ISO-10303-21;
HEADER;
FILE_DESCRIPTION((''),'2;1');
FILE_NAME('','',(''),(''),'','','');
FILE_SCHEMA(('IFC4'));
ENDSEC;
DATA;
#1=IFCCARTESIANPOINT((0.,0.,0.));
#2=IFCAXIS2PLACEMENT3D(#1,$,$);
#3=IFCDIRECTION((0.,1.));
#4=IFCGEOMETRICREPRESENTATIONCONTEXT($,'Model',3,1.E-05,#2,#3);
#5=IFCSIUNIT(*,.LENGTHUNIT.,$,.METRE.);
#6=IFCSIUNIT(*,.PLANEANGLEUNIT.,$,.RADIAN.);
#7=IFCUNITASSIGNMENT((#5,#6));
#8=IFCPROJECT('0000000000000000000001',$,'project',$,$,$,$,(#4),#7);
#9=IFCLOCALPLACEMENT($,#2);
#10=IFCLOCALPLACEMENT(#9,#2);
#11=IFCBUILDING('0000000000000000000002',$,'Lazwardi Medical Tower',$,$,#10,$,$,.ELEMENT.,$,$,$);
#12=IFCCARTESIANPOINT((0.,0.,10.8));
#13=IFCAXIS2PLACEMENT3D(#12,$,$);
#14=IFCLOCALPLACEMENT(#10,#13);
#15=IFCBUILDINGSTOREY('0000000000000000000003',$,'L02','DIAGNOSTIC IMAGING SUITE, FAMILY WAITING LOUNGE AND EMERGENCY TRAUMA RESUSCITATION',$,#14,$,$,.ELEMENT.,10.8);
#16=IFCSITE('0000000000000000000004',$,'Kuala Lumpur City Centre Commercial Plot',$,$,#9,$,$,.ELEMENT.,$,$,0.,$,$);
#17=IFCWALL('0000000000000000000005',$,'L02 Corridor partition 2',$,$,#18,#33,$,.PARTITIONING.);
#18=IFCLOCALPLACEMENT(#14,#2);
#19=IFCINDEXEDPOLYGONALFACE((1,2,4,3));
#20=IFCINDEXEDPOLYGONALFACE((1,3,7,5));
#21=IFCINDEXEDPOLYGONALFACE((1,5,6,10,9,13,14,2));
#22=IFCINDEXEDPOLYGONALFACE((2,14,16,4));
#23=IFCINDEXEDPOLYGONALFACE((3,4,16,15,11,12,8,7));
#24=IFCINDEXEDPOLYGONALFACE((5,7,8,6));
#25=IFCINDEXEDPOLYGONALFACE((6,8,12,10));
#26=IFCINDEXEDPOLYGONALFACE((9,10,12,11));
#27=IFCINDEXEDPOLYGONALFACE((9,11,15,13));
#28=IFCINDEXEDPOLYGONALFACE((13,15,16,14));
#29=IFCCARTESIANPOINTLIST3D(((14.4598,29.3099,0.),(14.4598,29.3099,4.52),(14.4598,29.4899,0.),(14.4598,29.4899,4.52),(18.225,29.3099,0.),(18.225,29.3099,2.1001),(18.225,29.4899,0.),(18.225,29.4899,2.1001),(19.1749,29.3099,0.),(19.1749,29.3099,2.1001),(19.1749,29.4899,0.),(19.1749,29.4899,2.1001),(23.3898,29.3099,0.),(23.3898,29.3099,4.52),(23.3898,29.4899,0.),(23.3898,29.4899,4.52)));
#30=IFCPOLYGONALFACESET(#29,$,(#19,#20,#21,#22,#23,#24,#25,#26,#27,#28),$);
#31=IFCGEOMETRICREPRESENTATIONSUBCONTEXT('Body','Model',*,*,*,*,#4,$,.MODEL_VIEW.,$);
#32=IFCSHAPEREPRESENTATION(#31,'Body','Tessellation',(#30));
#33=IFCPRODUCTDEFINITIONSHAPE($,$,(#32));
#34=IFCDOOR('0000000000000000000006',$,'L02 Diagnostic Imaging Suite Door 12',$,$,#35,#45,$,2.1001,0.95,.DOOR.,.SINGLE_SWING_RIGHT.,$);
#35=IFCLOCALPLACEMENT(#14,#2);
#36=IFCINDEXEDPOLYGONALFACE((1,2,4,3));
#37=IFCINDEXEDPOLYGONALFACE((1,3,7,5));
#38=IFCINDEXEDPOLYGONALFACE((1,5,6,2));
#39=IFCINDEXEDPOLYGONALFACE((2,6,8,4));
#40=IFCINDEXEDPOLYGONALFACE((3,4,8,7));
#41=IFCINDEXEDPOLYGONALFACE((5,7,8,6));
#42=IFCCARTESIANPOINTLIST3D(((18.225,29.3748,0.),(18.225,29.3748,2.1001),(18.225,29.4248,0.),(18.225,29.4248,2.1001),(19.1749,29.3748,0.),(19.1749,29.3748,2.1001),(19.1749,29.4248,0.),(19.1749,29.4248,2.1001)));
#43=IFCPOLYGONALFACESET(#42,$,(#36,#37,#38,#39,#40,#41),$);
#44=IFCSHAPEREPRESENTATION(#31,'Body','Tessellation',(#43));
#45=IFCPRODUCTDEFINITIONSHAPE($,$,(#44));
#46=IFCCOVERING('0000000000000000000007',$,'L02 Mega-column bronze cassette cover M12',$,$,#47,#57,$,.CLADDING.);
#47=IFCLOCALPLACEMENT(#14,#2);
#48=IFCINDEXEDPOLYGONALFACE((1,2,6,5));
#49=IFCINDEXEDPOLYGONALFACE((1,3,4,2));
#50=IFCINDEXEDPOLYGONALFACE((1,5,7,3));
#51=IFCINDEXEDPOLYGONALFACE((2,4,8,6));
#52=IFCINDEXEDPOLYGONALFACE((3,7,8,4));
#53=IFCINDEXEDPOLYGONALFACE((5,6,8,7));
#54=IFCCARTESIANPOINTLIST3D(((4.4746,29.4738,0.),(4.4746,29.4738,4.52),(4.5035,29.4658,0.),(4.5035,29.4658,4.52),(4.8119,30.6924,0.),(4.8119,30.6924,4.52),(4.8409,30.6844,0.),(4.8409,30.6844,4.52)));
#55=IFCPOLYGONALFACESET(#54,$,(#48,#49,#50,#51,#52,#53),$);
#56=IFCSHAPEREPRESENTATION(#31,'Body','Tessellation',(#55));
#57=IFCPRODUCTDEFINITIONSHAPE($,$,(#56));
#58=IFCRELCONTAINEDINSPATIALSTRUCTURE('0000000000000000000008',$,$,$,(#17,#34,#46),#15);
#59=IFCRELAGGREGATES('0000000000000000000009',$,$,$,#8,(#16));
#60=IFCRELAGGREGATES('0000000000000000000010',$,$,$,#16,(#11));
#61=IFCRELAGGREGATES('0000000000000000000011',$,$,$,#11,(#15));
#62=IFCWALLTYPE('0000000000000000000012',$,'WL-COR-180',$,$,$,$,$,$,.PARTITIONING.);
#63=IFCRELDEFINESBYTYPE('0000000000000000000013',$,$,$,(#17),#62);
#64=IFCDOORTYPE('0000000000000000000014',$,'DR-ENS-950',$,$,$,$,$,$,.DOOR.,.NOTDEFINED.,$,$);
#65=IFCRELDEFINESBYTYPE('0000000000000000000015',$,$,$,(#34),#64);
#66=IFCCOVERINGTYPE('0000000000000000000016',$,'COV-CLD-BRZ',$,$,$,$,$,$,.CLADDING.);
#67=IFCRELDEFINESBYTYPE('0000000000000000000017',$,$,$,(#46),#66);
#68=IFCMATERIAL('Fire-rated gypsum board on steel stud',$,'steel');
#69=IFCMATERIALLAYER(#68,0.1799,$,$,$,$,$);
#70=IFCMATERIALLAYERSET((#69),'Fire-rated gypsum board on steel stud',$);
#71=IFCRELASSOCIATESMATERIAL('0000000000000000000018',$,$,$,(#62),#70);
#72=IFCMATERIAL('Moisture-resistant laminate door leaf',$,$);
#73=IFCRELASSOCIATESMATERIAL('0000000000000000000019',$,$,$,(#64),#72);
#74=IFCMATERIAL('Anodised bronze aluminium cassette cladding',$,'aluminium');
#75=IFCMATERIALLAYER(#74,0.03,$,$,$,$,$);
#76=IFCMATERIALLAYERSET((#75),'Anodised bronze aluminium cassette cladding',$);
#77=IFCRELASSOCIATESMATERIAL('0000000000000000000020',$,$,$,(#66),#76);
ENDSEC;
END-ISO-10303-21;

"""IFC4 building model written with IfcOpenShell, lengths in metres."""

from ifc_helpers import new_model, si_unit, direction, frame, frame_2d, origin, origin_2d, place, context, subcontext, project, spatial, rectangle, extrude, material, layer, layer_set, type_object, element, fill, save


model = new_model("IFC4")

# Units and contexts
model_context = context("Model", 3, precision=1e-05, world=origin(), true_north=direction((0.0, 1.0)))
body_context = subcontext(model_context, "Body", "Model", "MODEL_VIEW")
ifc_project = project(units=[si_unit("LENGTHUNIT", "METRE"), si_unit("PLANEANGLEUNIT", "RADIAN")], contexts=[model_context])

# Site, building, storey
site_placement = place(None, origin())
site = spatial("IfcSite", under=ifc_project, at=site_placement, Name="Kuala Lumpur City Centre Commercial Plot", CompositionType="ELEMENT", RefElevation=0.0)
building_placement = place(site_placement, origin())
building = spatial("IfcBuilding", under=site, at=building_placement, Name="Lazwardi Medical Tower", CompositionType="ELEMENT")
storey_placement = place(building_placement, frame((0.0, 0.0, 10.8)))
storey = spatial("IfcBuildingStorey", under=building, at=storey_placement, Name="L02", Description="DIAGNOSTIC IMAGING SUITE, FAMILY WAITING LOUNGE AND EMERGENCY TRAUMA RESUSCITATION", CompositionType="ELEMENT", Elevation=10.8)

# Wall, opening, door
ifc_material_1 = material(Name="Fire-rated gypsum board on steel stud", Category="steel")
ifc_layer_1 = layer(ifc_material_1, 0.1799)
ifc_layer_set_1 = layer_set([ifc_layer_1], Name="Fire-rated gypsum board on steel stud")
wall_type = type_object("IfcWallType", Name="WL-COR-180", PredefinedType="PARTITIONING", material=ifc_layer_set_1)
wall_placement = place(storey_placement, frame((14.46, 29.3999, 0.0), z_axis=(0.0, 0.0, 1.0), x_axis=(1.0, 0.0, 0.0)))
wall = element("IfcWall", 1, at=wall_placement, inside=storey, type_object=wall_type, Name="L02 Corridor partition 2", PredefinedType="PARTITIONING", context=body_context, shape_type="SweptSolid", body=[
    extrude(rectangle(XDim=8.9299, YDim=0.1799, at=frame_2d((4.4648, 0.0))), origin(), (0.0, 0.0, 1.0), 4.52),
])
opening_placement = place(wall_placement, frame((3.7649, 0.0, 0.0)))
opening = element("IfcOpeningElement", 2, at=opening_placement, cuts=wall, PredefinedType="OPENING", context=body_context, shape_type="SweptSolid", body=[
    extrude(rectangle(XDim=0.95, YDim=2.1001, at=frame_2d((0.4751, 1.05))), frame((0.0, 0.0999, 0.0), z_axis=(0.0, -1.0, 0.0), x_axis=(1.0, 0.0, 0.0)), (0.0, 0.0, 1.0), 0.2),
])
ifc_material_2 = material(Name="Moisture-resistant laminate door leaf")
door_type = type_object("IfcDoorType", Name="DR-ENS-950", OperationType="NOTDEFINED", PredefinedType="DOOR", material=ifc_material_2)
door_placement = place(opening_placement, origin())
door = element("IfcDoor", 3, at=door_placement, inside=storey, type_object=door_type, Name="L02 Diagnostic Imaging Suite Door 12", OperationType="SINGLE_SWING_RIGHT", OverallHeight=2.1001, OverallWidth=0.95, PredefinedType="DOOR", context=body_context, shape_type="SweptSolid", body=[
    extrude(rectangle(XDim=0.95, YDim=2.1001, at=frame_2d((0.4751, 1.05))), frame((0.0, 0.0249, 0.0), z_axis=(0.0, -1.0, 0.0), x_axis=(1.0, 0.0, 0.0)), (0.0, 0.0, 1.0), 0.05),
])
fill(opening, door)

# Covering
ifc_material_3 = material(Name="Anodised bronze aluminium cassette cladding", Category="aluminium")
ifc_layer_2 = layer(ifc_material_3, 0.03)
ifc_layer_set_2 = layer_set([ifc_layer_2], Name="Anodised bronze aluminium cassette cladding")
covering_type = type_object("IfcCoveringType", Name="COV-CLD-BRZ", PredefinedType="CLADDING", material=ifc_layer_set_2)
covering_placement = place(storey_placement, frame((4.6577, 30.0791, 0.0), z_axis=(0.0, 0.0, 1.0), x_axis=(-0.266836, -0.963742, 0.0)))
element("IfcCovering", 4, at=covering_placement, inside=storey, type_object=covering_type, Name="L02 Mega-column bronze cassette cover M12", PredefinedType="CLADDING", context=body_context, shape_type="SweptSolid", body=[
    extrude(rectangle(XDim=1.2644, YDim=0.03, at=origin_2d()), origin(), (0.0, 0.0, 1.0), 4.52),
])

save(model, "model.ifc")
